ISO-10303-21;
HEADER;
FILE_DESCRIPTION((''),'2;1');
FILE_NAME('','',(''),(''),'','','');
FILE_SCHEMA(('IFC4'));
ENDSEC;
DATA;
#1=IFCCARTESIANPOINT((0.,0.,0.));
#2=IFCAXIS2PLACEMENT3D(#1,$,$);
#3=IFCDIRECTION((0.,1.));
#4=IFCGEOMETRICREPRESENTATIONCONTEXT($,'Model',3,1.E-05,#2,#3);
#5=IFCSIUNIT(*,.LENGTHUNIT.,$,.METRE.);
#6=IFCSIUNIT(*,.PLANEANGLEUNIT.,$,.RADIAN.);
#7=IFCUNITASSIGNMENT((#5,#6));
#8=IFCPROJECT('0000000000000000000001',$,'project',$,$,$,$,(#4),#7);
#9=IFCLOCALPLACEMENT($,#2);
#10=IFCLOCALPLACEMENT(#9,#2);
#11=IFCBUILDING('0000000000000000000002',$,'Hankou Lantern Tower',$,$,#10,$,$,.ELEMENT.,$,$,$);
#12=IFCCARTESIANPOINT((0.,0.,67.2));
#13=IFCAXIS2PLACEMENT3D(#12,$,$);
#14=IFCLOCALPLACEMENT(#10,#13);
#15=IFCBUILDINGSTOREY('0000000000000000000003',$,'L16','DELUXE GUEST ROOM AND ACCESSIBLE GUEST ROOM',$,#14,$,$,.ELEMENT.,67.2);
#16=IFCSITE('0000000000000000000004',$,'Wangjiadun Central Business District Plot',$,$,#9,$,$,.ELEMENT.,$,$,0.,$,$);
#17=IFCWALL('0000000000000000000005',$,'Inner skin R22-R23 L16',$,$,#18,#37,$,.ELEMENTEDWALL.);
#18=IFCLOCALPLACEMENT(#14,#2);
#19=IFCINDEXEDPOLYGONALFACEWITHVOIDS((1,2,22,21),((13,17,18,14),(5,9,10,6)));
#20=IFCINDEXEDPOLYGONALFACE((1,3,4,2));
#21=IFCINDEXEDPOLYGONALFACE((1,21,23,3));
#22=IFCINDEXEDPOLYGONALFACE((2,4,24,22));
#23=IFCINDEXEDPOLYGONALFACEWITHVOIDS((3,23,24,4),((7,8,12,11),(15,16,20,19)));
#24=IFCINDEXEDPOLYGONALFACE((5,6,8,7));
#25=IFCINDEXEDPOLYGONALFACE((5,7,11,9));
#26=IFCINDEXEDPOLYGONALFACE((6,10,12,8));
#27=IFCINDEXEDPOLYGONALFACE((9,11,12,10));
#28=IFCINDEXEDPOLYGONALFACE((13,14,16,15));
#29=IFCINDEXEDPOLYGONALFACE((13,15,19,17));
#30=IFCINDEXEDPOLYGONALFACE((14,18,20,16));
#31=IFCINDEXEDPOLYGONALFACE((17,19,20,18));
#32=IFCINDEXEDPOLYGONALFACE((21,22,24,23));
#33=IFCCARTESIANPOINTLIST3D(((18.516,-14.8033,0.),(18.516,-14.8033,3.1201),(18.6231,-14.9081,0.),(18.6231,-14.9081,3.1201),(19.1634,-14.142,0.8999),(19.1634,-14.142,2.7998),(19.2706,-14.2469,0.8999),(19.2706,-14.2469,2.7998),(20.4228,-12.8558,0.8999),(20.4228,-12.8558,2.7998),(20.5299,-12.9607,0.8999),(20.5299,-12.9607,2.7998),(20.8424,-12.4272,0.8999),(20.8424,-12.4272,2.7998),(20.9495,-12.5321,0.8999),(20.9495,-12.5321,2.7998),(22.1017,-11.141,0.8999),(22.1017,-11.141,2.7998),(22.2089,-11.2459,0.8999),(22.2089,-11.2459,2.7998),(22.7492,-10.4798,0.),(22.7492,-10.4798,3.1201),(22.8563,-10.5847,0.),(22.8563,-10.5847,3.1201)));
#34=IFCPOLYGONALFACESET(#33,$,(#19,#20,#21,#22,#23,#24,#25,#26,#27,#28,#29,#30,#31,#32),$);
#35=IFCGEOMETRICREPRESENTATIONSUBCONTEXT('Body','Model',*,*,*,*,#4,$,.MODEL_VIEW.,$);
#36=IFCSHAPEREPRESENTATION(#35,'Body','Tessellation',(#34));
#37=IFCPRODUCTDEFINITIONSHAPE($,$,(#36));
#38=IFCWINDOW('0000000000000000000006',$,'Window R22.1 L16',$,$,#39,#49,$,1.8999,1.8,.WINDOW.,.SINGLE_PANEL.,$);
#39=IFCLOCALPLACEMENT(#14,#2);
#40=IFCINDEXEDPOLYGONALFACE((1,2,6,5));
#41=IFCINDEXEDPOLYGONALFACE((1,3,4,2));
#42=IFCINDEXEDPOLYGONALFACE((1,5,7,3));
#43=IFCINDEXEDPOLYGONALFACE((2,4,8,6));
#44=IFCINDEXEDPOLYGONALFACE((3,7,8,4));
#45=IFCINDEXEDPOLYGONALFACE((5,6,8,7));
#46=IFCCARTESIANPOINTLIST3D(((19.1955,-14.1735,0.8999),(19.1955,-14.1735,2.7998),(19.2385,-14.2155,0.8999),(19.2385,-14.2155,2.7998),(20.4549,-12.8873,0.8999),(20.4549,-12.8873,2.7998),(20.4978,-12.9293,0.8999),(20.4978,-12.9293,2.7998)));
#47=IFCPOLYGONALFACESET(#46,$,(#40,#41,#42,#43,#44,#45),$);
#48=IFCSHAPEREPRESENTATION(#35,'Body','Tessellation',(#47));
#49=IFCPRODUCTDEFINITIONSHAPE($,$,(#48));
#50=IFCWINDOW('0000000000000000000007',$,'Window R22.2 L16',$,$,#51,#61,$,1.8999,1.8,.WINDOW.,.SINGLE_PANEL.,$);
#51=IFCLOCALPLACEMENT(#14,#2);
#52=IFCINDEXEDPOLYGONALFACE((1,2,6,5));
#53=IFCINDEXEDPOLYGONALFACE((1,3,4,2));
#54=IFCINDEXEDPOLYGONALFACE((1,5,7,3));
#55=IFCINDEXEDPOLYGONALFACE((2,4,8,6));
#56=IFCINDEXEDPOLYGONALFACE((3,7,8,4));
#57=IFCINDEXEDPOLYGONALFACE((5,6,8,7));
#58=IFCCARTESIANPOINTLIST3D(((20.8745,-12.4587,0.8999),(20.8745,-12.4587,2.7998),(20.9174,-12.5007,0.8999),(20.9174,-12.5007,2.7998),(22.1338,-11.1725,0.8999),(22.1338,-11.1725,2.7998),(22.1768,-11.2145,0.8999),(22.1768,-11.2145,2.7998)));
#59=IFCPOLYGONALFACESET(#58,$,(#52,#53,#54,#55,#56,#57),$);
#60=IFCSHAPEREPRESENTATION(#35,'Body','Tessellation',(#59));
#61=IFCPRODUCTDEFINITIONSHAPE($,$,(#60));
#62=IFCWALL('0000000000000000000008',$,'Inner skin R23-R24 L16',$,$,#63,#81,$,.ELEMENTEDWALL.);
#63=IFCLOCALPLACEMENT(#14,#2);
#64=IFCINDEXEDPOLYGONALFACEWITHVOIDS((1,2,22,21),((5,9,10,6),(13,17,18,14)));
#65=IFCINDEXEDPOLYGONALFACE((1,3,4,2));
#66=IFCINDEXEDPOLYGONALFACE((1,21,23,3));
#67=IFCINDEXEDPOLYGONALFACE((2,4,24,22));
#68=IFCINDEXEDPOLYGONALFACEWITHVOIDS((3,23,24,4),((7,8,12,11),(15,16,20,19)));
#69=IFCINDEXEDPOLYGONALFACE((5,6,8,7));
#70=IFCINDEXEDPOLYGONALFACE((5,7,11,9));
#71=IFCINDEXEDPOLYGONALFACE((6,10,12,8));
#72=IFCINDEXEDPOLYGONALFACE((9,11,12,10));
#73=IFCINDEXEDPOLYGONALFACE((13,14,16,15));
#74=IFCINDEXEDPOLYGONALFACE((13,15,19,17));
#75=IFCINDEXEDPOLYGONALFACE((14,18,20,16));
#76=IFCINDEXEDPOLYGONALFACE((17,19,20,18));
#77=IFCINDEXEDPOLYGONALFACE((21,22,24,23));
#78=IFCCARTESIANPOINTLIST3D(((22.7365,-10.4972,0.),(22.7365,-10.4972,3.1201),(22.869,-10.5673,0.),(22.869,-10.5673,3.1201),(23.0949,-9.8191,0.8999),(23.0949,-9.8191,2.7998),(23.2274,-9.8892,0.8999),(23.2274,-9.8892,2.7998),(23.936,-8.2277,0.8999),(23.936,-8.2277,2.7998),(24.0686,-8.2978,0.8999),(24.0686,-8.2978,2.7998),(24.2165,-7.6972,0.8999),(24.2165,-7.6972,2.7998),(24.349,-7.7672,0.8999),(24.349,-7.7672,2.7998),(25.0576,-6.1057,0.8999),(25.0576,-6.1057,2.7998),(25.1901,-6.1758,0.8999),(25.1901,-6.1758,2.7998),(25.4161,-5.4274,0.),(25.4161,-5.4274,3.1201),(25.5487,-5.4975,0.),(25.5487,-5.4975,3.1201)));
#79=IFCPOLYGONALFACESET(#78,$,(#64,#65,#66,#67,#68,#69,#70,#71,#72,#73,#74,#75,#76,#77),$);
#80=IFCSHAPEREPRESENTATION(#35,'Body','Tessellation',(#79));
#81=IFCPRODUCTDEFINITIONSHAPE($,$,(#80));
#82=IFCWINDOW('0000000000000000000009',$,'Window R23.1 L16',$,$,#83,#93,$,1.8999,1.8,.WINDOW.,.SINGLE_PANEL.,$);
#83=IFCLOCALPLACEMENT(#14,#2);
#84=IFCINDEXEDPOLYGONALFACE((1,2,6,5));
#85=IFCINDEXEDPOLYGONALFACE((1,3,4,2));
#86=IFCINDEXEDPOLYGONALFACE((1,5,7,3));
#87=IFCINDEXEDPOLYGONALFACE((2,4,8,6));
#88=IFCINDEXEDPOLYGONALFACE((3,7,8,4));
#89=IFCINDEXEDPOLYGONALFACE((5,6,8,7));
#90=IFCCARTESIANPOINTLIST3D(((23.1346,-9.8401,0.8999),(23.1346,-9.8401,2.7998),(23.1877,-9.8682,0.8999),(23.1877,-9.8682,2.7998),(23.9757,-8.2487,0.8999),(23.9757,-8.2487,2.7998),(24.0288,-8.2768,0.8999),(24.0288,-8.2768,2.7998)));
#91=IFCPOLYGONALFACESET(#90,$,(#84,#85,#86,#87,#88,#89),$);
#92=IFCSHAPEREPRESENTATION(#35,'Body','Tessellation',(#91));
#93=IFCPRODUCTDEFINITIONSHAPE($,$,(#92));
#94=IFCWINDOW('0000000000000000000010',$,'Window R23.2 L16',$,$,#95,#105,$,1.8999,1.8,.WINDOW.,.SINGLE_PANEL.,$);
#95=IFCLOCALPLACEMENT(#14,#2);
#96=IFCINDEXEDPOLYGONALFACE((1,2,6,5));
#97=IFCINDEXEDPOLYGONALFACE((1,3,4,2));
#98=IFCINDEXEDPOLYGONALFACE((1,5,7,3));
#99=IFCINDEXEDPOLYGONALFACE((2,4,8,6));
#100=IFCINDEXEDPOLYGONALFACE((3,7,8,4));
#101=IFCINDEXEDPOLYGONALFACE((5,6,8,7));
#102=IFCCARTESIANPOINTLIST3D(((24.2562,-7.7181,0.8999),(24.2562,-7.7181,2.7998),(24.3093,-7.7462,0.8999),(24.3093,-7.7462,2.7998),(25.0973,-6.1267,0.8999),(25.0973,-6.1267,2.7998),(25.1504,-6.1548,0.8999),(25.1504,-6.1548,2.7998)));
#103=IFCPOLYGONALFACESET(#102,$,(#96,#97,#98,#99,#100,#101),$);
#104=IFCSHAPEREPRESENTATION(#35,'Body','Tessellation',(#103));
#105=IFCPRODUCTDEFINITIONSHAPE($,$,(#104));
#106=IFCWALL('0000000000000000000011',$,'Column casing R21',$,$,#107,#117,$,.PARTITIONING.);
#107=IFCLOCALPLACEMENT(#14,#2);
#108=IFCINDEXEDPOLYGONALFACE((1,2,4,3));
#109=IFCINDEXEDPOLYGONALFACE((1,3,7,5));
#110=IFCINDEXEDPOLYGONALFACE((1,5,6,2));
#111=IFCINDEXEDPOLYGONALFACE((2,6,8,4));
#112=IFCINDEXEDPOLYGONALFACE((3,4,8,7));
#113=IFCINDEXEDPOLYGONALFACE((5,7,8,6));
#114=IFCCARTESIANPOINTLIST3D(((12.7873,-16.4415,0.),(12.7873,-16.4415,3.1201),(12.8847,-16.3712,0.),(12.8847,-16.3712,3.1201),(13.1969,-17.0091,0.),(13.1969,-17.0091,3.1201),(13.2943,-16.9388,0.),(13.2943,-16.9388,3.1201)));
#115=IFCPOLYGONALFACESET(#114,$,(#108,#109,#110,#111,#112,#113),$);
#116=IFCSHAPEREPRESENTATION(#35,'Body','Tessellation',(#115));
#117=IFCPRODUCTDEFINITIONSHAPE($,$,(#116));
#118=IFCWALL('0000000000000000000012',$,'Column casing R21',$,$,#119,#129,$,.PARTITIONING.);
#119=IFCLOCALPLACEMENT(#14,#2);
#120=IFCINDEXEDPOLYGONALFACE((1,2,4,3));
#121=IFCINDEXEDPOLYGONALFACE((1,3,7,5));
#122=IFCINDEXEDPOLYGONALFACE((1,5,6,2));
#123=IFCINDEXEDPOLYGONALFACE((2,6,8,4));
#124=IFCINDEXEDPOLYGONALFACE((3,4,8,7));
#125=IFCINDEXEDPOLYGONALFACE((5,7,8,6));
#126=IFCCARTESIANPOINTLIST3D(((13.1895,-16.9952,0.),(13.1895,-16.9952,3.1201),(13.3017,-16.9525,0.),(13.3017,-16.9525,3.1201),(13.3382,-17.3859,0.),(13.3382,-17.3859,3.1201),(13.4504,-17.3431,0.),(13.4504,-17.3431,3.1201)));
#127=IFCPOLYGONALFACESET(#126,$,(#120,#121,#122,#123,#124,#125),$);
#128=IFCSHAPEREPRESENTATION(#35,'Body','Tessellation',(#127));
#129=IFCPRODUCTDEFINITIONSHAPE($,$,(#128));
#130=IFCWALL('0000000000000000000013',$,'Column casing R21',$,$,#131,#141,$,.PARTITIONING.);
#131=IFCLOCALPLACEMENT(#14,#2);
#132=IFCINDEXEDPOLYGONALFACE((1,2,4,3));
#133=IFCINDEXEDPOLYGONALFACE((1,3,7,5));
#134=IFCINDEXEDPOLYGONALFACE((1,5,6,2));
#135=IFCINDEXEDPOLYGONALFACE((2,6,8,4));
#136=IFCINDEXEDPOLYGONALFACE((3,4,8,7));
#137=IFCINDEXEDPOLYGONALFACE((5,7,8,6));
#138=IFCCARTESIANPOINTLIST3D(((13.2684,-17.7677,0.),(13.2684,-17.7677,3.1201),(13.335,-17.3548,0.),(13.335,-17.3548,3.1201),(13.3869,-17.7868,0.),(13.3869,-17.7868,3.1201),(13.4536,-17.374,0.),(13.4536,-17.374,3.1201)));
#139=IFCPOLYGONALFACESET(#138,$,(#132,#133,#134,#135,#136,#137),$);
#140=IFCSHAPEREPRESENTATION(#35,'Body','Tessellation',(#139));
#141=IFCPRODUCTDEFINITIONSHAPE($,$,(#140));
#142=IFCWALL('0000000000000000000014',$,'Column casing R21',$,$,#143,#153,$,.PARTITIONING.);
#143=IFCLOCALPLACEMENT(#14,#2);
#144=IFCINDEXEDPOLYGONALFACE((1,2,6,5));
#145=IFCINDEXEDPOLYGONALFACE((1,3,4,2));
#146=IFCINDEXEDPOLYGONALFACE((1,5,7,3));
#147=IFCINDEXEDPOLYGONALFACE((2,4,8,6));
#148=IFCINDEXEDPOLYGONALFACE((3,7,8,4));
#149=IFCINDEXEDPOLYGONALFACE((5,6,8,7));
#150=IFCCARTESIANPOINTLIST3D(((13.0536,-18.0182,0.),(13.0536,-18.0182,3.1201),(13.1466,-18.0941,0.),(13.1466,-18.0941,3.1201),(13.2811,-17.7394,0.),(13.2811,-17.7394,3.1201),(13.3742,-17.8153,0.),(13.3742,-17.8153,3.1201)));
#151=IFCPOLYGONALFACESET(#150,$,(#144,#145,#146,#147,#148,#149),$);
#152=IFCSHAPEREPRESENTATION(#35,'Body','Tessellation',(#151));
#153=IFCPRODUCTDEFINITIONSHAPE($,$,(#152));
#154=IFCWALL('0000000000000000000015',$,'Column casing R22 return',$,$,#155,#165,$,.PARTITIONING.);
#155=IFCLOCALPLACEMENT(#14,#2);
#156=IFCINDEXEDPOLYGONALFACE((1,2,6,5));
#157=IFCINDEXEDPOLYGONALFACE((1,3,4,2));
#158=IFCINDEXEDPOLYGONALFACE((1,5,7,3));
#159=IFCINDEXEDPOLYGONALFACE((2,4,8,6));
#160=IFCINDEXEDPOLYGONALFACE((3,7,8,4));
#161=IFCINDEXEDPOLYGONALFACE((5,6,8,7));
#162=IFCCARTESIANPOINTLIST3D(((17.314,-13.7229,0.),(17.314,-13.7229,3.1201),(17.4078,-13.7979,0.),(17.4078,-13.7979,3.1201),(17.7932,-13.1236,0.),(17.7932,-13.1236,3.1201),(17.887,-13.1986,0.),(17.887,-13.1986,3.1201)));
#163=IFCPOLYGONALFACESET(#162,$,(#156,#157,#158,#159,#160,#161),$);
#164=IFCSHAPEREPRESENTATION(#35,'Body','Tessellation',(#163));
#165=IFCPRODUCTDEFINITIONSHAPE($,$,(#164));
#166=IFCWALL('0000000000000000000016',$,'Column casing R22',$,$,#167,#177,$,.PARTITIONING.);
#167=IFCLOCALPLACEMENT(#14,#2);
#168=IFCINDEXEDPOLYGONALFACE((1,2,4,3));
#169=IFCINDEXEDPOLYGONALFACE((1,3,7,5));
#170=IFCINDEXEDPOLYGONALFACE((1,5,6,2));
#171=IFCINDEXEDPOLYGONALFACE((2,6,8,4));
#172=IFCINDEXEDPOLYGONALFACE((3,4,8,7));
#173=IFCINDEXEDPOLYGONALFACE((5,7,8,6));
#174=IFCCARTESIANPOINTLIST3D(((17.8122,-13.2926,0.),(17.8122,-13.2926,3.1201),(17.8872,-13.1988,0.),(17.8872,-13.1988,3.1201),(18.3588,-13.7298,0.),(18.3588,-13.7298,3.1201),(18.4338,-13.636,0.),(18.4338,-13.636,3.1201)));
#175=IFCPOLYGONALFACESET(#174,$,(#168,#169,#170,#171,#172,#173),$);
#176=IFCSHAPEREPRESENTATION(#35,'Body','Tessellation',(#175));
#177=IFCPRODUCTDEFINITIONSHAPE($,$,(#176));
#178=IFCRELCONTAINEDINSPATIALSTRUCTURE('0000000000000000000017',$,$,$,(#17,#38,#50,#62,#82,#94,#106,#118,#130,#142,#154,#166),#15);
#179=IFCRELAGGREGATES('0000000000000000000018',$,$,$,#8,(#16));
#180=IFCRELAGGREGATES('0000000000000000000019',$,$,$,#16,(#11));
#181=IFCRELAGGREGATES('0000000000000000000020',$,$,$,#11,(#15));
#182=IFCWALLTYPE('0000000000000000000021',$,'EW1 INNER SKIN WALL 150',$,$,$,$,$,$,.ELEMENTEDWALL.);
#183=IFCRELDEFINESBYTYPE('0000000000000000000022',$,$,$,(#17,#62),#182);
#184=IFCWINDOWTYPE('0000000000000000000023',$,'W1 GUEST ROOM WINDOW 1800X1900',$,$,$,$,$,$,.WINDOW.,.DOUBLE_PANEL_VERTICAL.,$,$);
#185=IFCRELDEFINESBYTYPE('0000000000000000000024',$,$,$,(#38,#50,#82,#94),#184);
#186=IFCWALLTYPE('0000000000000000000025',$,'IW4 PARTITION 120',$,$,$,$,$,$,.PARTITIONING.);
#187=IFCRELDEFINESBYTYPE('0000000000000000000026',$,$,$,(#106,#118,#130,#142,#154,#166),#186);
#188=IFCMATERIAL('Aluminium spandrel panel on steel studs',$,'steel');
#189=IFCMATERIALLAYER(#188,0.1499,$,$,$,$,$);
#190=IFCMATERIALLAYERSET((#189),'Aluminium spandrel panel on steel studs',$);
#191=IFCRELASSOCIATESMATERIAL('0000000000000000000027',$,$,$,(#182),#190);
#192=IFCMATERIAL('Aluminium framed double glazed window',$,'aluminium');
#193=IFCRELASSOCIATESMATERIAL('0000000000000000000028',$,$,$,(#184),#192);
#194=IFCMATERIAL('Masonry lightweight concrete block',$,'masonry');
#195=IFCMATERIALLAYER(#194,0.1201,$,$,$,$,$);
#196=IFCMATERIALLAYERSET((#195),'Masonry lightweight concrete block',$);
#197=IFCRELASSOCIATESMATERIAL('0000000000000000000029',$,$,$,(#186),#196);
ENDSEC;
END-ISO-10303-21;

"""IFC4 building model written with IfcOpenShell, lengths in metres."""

from ifc_helpers import new_model, si_unit, direction, frame, frame_2d, origin, place, context, subcontext, project, spatial, rectangle, extrude, material, layer, layer_set, type_object, element, fill, save


model = new_model("IFC4")

# Units and contexts
model_context = context("Model", 3, precision=1e-05, world=origin(), true_north=direction((0.0, 1.0)))
body_context = subcontext(model_context, "Body", "Model", "MODEL_VIEW")
ifc_project = project(units=[si_unit("LENGTHUNIT", "METRE"), si_unit("PLANEANGLEUNIT", "RADIAN")], contexts=[model_context])

# Site, building, storey
site_placement = place(None, origin())
site = spatial("IfcSite", under=ifc_project, at=site_placement, Name="Wangjiadun Central Business District Plot", CompositionType="ELEMENT", RefElevation=0.0)
building_placement = place(site_placement, origin())
building = spatial("IfcBuilding", under=site, at=building_placement, Name="Hankou Lantern Tower", CompositionType="ELEMENT")
storey_placement = place(building_placement, frame((0.0, 0.0, 67.2)))
storey = spatial("IfcBuildingStorey", under=building, at=storey_placement, Name="L16", Description="DELUXE GUEST ROOM AND ACCESSIBLE GUEST ROOM", CompositionType="ELEMENT", Elevation=67.2)

# Walls, openings, windows
ifc_material_1 = material(Name="Aluminium spandrel panel on steel studs", Category="steel")
ifc_layer_1 = layer(ifc_material_1, 0.1499)
ifc_layer_set_1 = layer_set([ifc_layer_1], Name="Aluminium spandrel panel on steel studs")
wall_type_1 = type_object("IfcWallType", Name="EW1 INNER SKIN WALL 150", PredefinedType="ELEMENTEDWALL", material=ifc_layer_set_1)
ifc_material_2 = material(Name="Aluminium framed double glazed window", Category="aluminium")
window_type = type_object("IfcWindowType", Name="W1 GUEST ROOM WINDOW 1800X1900", PartitioningType="DOUBLE_PANEL_VERTICAL", PredefinedType="WINDOW", material=ifc_material_2)
wall_1_placement = place(storey_placement, frame((18.5696, -14.8557, 0.0), z_axis=(0.0, 0.0, 1.0), x_axis=(0.699603, 0.714532, 0.0)))
wall_1 = element("IfcWall", 1, at=wall_1_placement, inside=storey, type_object=wall_type_1, Name="Inner skin R22-R23 L16", PredefinedType="ELEMENTEDWALL", context=body_context, shape_type="SweptSolid", body=[
    extrude(rectangle(XDim=6.0508, YDim=0.1499, at=frame_2d((3.0254, 0.0))), origin(), (0.0, 0.0, 1.0), 3.1201),
])
opening_1_placement = place(wall_1_placement, frame((0.9255, 0.0, 0.8999)))
opening_1 = element("IfcOpeningElement", 2, at=opening_1_placement, cuts=wall_1, PredefinedType="OPENING", context=body_context, shape_type="SweptSolid", body=[
    extrude(rectangle(XDim=1.8, YDim=1.8999, at=frame_2d((0.8999, 0.95))), frame((0.0, 0.085, 0.0), z_axis=(0.0, -1.0, 0.0), x_axis=(1.0, 0.0, 0.0)), (0.0, 0.0, 1.0), 0.1699),
])
opening_2_placement = place(wall_1_placement, frame((3.3254, 0.0, 0.8999)))
opening_2 = element("IfcOpeningElement", 3, at=opening_2_placement, cuts=wall_1, PredefinedType="OPENING", context=body_context, shape_type="SweptSolid", body=[
    extrude(rectangle(XDim=1.8, YDim=1.8999, at=frame_2d((0.8999, 0.95))), frame((0.0, 0.085, 0.0), z_axis=(0.0, -1.0, 0.0), x_axis=(1.0, 0.0, 0.0)), (0.0, 0.0, 1.0), 0.1699),
])
window_1_placement = place(opening_1_placement, origin())
window_1 = element("IfcWindow", 4, at=window_1_placement, inside=storey, type_object=window_type, Name="Window R22.1 L16", OverallHeight=1.8999, OverallWidth=1.8, PartitioningType="SINGLE_PANEL", PredefinedType="WINDOW", context=body_context, shape_type="SweptSolid", body=[
    extrude(rectangle(XDim=1.8, YDim=1.8999, at=frame_2d((0.8999, 0.95))), frame((0.0, 0.03, 0.0), z_axis=(0.0, -1.0, 0.0), x_axis=(1.0, 0.0, 0.0)), (0.0, 0.0, 1.0), 0.0601),
])
fill(opening_1, window_1)
window_2_placement = place(opening_2_placement, origin())
window_2 = element("IfcWindow", 5, at=window_2_placement, inside=storey, type_object=window_type, Name="Window R22.2 L16", OverallHeight=1.8999, OverallWidth=1.8, PartitioningType="SINGLE_PANEL", PredefinedType="WINDOW", context=body_context, shape_type="SweptSolid", body=[
    extrude(rectangle(XDim=1.8, YDim=1.8999, at=frame_2d((0.8999, 0.95))), frame((0.0, 0.03, 0.0), z_axis=(0.0, -1.0, 0.0), x_axis=(1.0, 0.0, 0.0)), (0.0, 0.0, 1.0), 0.0601),
])
fill(opening_2, window_2)
wall_2_placement = place(storey_placement, frame((22.8027, -10.5322, 0.0), z_axis=(0.0, 0.0, 1.0), x_axis=(0.467297, 0.8841, 0.0)))
wall_2 = element("IfcWall", 6, at=wall_2_placement, inside=storey, type_object=wall_type_1, Name="Inner skin R23-R24 L16", PredefinedType="ELEMENTEDWALL", context=body_context, shape_type="SweptSolid", body=[
    extrude(rectangle(XDim=5.7344, YDim=0.1499, at=frame_2d((2.8672, 0.0))), origin(), (0.0, 0.0, 1.0), 3.1201),
])
opening_3_placement = place(wall_2_placement, frame((0.7671, 0.0, 0.8999)))
opening_3 = element("IfcOpeningElement", 7, at=opening_3_placement, cuts=wall_2, PredefinedType="OPENING", context=body_context, shape_type="SweptSolid", body=[
    extrude(rectangle(XDim=1.8, YDim=1.8999, at=frame_2d((0.8999, 0.95))), frame((0.0, 0.085, 0.0), z_axis=(0.0, -1.0, 0.0), x_axis=(1.0, 0.0, 0.0)), (0.0, 0.0, 1.0), 0.1699),
])
opening_4_placement = place(wall_2_placement, frame((3.1672, 0.0, 0.8999)))
opening_4 = element("IfcOpeningElement", 8, at=opening_4_placement, cuts=wall_2, PredefinedType="OPENING", context=body_context, shape_type="SweptSolid", body=[
    extrude(rectangle(XDim=1.8, YDim=1.8999, at=frame_2d((0.8999, 0.95))), frame((0.0, 0.085, 0.0), z_axis=(0.0, -1.0, 0.0), x_axis=(1.0, 0.0, 0.0)), (0.0, 0.0, 1.0), 0.1699),
])
window_3_placement = place(opening_3_placement, origin())
window_3 = element("IfcWindow", 9, at=window_3_placement, inside=storey, type_object=window_type, Name="Window R23.1 L16", OverallHeight=1.8999, OverallWidth=1.8, PartitioningType="SINGLE_PANEL", PredefinedType="WINDOW", context=body_context, shape_type="SweptSolid", body=[
    extrude(rectangle(XDim=1.8, YDim=1.8999, at=frame_2d((0.8999, 0.95))), frame((0.0, 0.03, 0.0), z_axis=(0.0, -1.0, 0.0), x_axis=(1.0, 0.0, 0.0)), (0.0, 0.0, 1.0), 0.0601),
])
fill(opening_3, window_3)
window_4_placement = place(opening_4_placement, origin())
window_4 = element("IfcWindow", 10, at=window_4_placement, inside=storey, type_object=window_type, Name="Window R23.2 L16", OverallHeight=1.8999, OverallWidth=1.8, PartitioningType="SINGLE_PANEL", PredefinedType="WINDOW", context=body_context, shape_type="SweptSolid", body=[
    extrude(rectangle(XDim=1.8, YDim=1.8999, at=frame_2d((0.8999, 0.95))), frame((0.0, 0.03, 0.0), z_axis=(0.0, -1.0, 0.0), x_axis=(1.0, 0.0, 0.0)), (0.0, 0.0, 1.0), 0.0601),
])
fill(opening_4, window_4)

# Walls
ifc_material_3 = material(Name="Masonry lightweight concrete block", Category="masonry")
ifc_layer_2 = layer(ifc_material_3, 0.1201)
ifc_layer_set_2 = layer_set([ifc_layer_2], Name="Masonry lightweight concrete block")
wall_type_2 = type_object("IfcWallType", Name="IW4 PARTITION 120", PredefinedType="PARTITIONING", material=ifc_layer_set_2)
wall_3_placement = place(storey_placement, frame((12.8359, -16.4062, 0.0), z_axis=(0.0, 0.0, 1.0), x_axis=(0.585223, -0.810872, 0.0)))
element("IfcWall", 11, at=wall_3_placement, inside=storey, type_object=wall_type_2, Name="Column casing R21", PredefinedType="PARTITIONING", context=body_context, shape_type="SweptSolid", body=[
    extrude(rectangle(XDim=0.7, YDim=0.1201, at=frame_2d((0.3501, 0.0))), origin(), (0.0, 0.0, 1.0), 3.1201),
])
wall_4_placement = place(storey_placement, frame((13.2456, -16.9739, 0.0), z_axis=(0.0, 0.0, 1.0), x_axis=(0.355728, -0.934589, 0.0)))
element("IfcWall", 12, at=wall_4_placement, inside=storey, type_object=wall_type_2, Name="Column casing R21", PredefinedType="PARTITIONING", context=body_context, shape_type="SweptSolid", body=[
    extrude(rectangle(XDim=0.418, YDim=0.1201, at=frame_2d((0.209, 0.0))), origin(), (0.0, 0.0, 1.0), 3.1201),
])
wall_5_placement = place(storey_placement, frame((13.3943, -17.3645, 0.0), z_axis=(0.0, 0.0, 1.0), x_axis=(-0.159379, -0.987217, 0.0)))
element("IfcWall", 13, at=wall_5_placement, inside=storey, type_object=wall_type_2, Name="Column casing R21", PredefinedType="PARTITIONING", context=body_context, shape_type="SweptSolid", body=[
    extrude(rectangle(XDim=0.4182, YDim=0.1201, at=frame_2d((0.209, 0.0))), origin(), (0.0, 0.0, 1.0), 3.1201),
])
wall_6_placement = place(storey_placement, frame((13.3276, -17.7773, 0.0), z_axis=(0.0, 0.0, 1.0), x_axis=(-0.632277, -0.774743, 0.0)))
element("IfcWall", 14, at=wall_6_placement, inside=storey, type_object=wall_type_2, Name="Column casing R21", PredefinedType="PARTITIONING", context=body_context, shape_type="SweptSolid", body=[
    extrude(rectangle(XDim=0.3599, YDim=0.1201, at=frame_2d((0.1799, 0.0))), origin(), (0.0, 0.0, 1.0), 3.1201),
])
wall_7_placement = place(storey_placement, frame((17.3608, -13.7605, 0.0), z_axis=(0.0, 0.0, 1.0), x_axis=(0.624501, 0.781024, 0.0)))
element("IfcWall", 15, at=wall_7_placement, inside=storey, type_object=wall_type_2, Name="Column casing R22 return", PredefinedType="PARTITIONING", context=body_context, shape_type="SweptSolid", body=[
    extrude(rectangle(XDim=0.7673, YDim=0.1201, at=frame_2d((0.3838, 0.0))), origin(), (0.0, 0.0, 1.0), 3.1201),
])
wall_8_placement = place(storey_placement, frame((17.8496, -13.2456, 0.0), z_axis=(0.0, 0.0, 1.0), x_axis=(0.780903, -0.624653, 0.0)))
element("IfcWall", 16, at=wall_8_placement, inside=storey, type_object=wall_type_2, Name="Column casing R22", PredefinedType="PARTITIONING", context=body_context, shape_type="SweptSolid", body=[
    extrude(rectangle(XDim=0.7, YDim=0.1201, at=frame_2d((0.3501, 0.0))), origin(), (0.0, 0.0, 1.0), 3.1201),
])

save(model, "model.ifc")
